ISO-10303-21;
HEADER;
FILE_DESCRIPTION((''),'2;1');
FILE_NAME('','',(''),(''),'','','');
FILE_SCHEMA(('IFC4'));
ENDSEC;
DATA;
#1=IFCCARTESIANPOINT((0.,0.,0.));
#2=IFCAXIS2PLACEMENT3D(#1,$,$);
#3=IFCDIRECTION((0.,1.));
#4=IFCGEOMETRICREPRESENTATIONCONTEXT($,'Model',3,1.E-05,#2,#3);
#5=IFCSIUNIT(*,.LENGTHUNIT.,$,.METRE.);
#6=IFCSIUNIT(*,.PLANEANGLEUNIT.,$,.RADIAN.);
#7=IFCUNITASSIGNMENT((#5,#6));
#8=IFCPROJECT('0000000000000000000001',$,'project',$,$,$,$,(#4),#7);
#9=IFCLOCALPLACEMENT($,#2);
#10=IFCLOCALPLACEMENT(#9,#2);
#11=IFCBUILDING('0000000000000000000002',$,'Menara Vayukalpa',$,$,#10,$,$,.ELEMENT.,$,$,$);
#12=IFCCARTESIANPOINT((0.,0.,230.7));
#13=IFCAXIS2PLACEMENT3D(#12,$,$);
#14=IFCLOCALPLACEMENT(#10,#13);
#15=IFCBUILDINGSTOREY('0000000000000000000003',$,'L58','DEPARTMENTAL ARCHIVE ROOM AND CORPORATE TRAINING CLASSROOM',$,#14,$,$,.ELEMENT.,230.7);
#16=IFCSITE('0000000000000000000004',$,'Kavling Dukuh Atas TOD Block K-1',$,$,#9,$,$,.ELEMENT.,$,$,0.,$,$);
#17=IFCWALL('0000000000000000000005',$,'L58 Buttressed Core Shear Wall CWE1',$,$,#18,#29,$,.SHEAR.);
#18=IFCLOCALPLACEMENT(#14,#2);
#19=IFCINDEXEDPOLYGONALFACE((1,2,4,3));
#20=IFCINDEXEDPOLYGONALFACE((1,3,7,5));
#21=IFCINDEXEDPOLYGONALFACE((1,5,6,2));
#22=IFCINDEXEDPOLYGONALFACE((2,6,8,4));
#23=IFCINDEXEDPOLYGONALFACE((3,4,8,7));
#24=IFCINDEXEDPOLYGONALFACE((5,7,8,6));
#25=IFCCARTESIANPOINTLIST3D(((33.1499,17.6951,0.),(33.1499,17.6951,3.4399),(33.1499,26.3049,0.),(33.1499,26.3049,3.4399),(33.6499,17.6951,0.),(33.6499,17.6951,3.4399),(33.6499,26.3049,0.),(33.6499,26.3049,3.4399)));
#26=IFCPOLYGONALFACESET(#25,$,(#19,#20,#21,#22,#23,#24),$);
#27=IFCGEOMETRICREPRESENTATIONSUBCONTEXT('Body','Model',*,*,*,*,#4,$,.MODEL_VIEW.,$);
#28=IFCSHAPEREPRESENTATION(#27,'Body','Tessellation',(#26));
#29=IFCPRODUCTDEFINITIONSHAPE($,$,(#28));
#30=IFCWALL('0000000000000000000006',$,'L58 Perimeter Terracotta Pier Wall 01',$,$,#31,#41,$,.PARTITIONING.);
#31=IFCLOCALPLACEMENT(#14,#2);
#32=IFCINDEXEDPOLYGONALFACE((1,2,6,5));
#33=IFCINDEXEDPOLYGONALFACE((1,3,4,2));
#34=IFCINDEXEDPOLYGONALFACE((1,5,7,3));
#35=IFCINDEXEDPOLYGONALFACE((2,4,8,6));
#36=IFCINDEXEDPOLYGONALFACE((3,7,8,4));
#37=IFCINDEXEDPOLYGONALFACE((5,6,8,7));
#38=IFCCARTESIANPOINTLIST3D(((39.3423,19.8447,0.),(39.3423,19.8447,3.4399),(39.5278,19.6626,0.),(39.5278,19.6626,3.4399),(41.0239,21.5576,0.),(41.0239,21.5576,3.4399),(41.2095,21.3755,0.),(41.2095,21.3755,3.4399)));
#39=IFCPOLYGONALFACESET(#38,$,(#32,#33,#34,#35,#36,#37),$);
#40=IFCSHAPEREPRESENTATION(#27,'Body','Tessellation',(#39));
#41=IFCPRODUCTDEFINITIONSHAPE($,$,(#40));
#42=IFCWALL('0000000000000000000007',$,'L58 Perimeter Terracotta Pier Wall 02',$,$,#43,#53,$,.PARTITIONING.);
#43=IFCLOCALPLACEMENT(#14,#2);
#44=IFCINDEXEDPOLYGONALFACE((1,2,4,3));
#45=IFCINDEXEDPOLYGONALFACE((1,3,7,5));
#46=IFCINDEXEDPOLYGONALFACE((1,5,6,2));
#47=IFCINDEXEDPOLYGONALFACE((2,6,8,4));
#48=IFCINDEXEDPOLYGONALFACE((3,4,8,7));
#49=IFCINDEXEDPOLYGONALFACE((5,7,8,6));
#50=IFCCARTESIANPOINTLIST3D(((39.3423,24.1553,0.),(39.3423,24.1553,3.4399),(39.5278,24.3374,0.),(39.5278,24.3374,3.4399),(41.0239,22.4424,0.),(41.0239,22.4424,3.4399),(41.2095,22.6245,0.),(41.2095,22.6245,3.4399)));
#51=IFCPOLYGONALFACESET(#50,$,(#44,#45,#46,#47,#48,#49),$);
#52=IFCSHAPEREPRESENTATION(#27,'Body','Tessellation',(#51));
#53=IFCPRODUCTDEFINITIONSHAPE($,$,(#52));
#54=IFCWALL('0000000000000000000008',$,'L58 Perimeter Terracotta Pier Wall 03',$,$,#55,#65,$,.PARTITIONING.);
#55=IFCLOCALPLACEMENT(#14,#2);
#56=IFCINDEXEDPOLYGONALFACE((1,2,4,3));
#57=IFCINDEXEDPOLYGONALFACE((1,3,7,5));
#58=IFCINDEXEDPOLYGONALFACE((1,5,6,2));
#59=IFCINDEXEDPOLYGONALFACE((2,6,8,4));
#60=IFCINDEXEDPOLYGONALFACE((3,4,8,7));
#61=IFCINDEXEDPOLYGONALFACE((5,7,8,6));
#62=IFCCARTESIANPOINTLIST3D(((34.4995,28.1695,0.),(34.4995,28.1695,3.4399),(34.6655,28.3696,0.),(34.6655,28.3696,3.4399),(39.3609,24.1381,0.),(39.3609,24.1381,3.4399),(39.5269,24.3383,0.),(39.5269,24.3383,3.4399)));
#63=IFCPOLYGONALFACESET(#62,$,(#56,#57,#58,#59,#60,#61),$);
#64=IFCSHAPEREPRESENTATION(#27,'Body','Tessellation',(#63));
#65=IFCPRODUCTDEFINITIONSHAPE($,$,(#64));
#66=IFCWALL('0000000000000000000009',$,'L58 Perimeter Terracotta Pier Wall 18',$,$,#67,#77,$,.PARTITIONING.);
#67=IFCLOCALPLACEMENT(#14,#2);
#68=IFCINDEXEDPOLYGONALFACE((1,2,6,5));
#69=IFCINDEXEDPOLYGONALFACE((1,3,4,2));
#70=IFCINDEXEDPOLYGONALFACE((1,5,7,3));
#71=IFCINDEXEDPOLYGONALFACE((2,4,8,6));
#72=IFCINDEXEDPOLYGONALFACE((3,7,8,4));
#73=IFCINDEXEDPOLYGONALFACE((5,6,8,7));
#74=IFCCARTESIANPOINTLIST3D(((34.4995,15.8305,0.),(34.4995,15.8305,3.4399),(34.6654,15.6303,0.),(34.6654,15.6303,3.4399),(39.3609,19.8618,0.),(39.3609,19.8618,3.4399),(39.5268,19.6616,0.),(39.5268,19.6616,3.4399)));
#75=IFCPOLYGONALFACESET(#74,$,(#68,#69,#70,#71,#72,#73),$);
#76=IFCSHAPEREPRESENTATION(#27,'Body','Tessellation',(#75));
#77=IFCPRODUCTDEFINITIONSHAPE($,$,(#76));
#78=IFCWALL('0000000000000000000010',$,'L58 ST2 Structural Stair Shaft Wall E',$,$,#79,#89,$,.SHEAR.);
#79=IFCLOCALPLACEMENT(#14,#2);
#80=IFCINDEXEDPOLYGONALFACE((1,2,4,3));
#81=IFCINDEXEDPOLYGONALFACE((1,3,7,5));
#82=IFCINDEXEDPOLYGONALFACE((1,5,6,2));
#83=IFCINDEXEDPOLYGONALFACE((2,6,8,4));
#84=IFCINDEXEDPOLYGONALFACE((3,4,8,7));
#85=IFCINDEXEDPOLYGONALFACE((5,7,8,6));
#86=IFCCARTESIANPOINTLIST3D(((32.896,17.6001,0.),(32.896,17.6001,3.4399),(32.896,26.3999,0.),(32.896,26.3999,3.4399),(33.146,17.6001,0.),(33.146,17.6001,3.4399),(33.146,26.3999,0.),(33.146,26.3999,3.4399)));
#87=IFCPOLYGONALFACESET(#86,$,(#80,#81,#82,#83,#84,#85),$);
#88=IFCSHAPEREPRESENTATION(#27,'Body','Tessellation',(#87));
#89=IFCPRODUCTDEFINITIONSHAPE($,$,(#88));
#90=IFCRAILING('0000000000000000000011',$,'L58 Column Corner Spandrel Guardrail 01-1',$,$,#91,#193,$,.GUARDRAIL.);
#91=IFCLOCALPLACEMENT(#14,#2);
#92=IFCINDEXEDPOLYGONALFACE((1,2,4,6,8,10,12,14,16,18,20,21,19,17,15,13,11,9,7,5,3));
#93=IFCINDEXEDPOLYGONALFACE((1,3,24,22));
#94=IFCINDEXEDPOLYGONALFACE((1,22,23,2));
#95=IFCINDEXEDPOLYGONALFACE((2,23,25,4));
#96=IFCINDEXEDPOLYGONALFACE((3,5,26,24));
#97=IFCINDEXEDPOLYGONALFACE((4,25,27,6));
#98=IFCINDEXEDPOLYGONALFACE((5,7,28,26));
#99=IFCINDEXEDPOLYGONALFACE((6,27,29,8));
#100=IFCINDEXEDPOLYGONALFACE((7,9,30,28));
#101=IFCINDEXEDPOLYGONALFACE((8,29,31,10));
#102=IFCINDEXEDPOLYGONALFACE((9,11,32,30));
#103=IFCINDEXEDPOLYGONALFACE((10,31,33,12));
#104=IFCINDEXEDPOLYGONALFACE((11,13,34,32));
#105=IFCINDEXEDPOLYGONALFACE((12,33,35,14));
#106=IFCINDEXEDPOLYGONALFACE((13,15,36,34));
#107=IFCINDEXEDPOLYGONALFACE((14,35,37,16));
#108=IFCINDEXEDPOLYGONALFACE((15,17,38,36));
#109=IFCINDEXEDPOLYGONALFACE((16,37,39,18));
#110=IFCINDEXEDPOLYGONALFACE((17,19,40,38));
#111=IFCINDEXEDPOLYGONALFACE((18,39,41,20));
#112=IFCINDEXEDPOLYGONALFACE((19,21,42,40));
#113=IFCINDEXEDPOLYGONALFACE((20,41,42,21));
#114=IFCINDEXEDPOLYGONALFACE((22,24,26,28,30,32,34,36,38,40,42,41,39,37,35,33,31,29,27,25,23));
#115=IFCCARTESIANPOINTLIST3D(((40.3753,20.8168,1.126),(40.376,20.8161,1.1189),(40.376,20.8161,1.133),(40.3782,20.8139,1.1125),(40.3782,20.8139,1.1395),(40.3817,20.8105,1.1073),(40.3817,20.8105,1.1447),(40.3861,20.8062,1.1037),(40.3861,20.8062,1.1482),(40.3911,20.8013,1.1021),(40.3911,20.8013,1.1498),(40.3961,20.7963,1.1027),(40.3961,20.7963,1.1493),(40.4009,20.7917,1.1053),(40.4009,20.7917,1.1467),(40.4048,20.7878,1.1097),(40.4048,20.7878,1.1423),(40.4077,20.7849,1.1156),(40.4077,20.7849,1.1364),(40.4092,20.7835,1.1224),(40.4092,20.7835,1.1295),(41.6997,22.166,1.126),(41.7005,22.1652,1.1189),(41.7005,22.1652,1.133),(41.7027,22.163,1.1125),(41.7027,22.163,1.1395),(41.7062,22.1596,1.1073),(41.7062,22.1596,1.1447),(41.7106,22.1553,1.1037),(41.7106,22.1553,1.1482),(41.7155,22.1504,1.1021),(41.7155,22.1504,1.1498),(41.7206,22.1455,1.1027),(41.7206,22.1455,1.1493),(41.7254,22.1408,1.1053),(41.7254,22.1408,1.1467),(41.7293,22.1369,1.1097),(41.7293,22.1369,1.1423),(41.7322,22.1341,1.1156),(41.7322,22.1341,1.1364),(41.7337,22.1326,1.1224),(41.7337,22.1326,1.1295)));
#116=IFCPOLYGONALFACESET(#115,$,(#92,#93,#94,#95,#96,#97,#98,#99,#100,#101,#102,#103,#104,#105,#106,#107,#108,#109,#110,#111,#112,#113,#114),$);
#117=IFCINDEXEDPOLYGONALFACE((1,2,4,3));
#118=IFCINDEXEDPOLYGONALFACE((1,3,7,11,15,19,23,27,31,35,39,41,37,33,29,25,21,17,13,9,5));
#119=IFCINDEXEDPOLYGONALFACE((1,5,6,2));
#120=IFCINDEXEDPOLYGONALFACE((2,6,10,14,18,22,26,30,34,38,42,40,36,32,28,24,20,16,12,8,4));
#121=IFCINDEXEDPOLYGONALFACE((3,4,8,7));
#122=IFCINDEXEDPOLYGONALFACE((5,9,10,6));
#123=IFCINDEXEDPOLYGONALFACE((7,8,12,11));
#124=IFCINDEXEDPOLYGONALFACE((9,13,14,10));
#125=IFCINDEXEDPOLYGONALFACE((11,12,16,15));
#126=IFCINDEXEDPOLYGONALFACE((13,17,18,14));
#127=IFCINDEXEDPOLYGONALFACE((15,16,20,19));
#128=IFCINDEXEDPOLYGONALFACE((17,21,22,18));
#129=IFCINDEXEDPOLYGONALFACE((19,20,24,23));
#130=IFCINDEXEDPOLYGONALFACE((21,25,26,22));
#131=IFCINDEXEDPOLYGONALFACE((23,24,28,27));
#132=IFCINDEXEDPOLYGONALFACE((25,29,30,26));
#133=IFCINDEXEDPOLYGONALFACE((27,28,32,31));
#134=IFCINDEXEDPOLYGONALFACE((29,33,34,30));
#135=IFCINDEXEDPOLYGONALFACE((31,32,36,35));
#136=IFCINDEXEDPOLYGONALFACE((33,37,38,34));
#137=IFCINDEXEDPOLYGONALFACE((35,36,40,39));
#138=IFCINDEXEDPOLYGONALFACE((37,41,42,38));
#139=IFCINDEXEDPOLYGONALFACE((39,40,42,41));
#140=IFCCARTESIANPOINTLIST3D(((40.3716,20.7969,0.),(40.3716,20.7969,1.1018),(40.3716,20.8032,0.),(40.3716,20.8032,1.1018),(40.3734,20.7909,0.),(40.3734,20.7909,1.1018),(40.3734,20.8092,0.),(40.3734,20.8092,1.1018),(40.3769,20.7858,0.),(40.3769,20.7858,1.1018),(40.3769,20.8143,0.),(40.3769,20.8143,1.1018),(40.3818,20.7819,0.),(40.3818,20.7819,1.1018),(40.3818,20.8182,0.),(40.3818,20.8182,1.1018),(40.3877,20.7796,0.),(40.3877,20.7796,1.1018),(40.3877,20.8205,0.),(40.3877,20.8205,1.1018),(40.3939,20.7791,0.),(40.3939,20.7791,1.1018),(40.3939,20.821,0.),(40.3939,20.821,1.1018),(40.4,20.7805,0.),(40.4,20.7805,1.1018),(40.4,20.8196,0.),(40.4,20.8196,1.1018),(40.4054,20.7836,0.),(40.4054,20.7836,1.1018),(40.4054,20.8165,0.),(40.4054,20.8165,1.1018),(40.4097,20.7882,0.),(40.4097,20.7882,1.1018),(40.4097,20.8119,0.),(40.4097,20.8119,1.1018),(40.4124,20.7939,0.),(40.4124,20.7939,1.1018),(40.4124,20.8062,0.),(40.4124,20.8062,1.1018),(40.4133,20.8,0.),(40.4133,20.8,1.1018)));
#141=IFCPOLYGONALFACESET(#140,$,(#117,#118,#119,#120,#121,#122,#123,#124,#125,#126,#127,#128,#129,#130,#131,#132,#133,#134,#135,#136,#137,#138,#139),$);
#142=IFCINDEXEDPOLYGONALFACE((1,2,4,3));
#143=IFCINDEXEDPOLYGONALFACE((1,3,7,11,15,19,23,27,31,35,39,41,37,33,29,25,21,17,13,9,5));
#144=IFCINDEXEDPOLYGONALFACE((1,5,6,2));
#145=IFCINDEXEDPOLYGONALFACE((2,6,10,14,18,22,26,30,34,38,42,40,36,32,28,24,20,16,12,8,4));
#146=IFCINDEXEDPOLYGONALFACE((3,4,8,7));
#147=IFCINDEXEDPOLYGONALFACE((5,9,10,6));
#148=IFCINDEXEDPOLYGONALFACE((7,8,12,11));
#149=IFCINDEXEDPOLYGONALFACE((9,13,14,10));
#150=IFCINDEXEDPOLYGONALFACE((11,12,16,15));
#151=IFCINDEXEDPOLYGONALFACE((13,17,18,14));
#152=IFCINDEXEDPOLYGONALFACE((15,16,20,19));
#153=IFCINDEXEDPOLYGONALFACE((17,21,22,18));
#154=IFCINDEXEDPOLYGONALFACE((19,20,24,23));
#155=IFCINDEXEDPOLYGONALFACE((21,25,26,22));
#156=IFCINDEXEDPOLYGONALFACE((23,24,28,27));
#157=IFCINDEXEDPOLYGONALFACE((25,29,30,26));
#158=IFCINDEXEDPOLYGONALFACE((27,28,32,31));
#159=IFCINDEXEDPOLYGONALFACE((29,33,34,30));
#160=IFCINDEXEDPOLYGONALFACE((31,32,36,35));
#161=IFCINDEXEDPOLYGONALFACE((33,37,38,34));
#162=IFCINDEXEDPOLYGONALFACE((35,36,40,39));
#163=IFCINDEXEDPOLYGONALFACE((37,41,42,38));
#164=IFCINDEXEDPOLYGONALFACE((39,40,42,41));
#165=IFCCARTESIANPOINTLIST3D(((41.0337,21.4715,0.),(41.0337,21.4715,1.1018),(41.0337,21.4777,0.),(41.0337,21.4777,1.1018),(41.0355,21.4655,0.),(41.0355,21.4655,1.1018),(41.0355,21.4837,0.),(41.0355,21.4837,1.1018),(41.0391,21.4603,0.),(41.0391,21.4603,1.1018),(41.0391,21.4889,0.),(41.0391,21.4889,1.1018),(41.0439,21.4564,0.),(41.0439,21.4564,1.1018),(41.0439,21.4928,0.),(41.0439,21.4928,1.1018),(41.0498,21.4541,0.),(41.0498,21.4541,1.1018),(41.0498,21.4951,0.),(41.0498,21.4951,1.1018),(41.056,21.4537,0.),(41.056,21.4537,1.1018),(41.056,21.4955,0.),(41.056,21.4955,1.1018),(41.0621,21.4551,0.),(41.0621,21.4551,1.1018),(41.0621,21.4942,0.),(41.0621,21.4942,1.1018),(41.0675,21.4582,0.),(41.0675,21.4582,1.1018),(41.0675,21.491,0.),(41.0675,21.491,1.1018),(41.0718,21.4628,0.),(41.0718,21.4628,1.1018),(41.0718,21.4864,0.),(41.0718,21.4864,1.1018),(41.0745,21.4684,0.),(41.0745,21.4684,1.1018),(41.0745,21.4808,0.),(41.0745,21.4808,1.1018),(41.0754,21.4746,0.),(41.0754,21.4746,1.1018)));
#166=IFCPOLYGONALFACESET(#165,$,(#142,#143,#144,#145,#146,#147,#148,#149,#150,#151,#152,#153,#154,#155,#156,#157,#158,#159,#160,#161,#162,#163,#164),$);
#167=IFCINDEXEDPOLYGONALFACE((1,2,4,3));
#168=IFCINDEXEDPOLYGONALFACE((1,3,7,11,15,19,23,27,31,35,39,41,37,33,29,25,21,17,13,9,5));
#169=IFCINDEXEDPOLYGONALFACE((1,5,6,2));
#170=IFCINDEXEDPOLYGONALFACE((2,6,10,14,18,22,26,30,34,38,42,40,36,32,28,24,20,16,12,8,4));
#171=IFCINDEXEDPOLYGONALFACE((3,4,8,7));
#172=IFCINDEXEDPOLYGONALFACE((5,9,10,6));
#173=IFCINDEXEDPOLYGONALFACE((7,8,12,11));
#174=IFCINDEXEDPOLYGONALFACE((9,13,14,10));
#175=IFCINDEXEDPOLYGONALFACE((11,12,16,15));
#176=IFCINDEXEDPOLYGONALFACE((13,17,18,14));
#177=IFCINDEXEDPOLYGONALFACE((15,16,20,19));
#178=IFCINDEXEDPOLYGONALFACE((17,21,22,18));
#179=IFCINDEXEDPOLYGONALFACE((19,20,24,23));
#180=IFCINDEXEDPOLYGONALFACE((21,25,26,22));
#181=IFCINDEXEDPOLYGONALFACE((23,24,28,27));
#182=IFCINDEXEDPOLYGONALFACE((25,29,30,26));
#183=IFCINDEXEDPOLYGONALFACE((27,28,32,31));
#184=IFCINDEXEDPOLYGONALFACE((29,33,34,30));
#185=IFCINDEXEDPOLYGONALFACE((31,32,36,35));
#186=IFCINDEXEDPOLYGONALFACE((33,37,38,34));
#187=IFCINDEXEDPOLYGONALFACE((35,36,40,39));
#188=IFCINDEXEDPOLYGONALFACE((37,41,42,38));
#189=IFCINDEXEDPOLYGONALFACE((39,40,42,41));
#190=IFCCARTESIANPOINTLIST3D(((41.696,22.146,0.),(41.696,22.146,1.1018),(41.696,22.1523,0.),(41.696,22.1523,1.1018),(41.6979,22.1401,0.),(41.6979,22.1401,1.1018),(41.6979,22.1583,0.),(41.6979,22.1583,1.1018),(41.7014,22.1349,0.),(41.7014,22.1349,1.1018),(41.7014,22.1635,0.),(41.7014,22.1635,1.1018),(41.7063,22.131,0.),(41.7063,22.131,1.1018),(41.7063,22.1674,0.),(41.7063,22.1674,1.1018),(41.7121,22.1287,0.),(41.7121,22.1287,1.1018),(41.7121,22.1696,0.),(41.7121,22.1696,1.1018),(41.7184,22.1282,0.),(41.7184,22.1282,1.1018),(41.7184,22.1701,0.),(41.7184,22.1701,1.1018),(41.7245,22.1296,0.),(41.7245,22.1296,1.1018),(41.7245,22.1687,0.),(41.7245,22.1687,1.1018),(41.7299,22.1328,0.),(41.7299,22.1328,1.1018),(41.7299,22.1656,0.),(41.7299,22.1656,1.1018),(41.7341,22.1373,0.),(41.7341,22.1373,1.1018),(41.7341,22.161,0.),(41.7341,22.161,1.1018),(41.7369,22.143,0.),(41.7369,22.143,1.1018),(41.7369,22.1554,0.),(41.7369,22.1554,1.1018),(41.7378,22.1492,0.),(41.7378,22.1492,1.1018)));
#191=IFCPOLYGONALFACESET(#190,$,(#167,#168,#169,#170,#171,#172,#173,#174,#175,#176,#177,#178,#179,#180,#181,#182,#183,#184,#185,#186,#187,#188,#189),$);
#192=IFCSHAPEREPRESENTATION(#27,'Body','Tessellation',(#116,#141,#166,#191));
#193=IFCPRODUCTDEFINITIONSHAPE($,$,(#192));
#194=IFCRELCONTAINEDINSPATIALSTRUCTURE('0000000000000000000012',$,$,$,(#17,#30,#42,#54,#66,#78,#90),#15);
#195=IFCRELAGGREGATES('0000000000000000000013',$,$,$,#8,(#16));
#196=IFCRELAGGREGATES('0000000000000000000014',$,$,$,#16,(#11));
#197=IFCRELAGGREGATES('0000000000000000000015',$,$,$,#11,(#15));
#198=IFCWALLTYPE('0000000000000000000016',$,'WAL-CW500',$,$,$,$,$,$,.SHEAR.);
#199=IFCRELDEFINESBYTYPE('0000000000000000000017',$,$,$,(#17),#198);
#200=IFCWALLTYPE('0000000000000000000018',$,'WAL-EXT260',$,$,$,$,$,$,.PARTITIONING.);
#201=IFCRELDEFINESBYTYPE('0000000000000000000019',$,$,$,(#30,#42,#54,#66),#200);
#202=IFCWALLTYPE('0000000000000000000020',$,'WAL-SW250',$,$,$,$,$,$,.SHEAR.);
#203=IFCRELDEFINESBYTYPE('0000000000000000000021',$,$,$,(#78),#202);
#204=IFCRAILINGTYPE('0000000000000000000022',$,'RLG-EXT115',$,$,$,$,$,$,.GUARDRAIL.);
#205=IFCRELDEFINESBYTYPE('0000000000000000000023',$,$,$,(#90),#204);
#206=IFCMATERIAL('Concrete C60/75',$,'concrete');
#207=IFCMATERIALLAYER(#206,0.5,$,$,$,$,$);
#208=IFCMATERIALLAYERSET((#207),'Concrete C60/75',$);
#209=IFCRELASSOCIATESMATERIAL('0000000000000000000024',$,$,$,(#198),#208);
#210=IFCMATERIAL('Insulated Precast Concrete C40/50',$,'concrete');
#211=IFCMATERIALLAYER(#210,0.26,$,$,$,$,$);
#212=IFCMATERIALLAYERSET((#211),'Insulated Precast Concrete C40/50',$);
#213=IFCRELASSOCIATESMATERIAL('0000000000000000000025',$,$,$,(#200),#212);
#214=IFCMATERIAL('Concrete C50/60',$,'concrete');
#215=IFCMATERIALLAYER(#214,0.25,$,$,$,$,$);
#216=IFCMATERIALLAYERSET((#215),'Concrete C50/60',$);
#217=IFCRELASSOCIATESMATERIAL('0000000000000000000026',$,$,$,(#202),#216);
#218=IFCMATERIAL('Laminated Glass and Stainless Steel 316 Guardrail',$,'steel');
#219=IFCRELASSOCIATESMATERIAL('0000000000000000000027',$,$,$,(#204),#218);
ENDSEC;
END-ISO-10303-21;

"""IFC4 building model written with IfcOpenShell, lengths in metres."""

from ifc_helpers import new_model, si_unit, direction, frame, frame_2d, origin, origin_2d, place, context, subcontext, project, spatial, rectangle, circle, extrude, material, layer, layer_set, type_object, element, save


model = new_model("IFC4")

# Units and contexts
model_context = context("Model", 3, precision=1e-05, world=origin(), true_north=direction((0.0, 1.0)))
body_context = subcontext(model_context, "Body", "Model", "MODEL_VIEW")
ifc_project = project(units=[si_unit("LENGTHUNIT", "METRE"), si_unit("PLANEANGLEUNIT", "RADIAN")], contexts=[model_context])

# Site, building, storey
site_placement = place(None, origin())
site = spatial("IfcSite", under=ifc_project, at=site_placement, Name="Kavling Dukuh Atas TOD Block K-1", CompositionType="ELEMENT", RefElevation=0.0)
building_placement = place(site_placement, origin())
building = spatial("IfcBuilding", under=site, at=building_placement, Name="Menara Vayukalpa", CompositionType="ELEMENT")
storey_placement = place(building_placement, frame((0.0, 0.0, 230.7)))
storey = spatial("IfcBuildingStorey", under=building, at=storey_placement, Name="L58", Description="DEPARTMENTAL ARCHIVE ROOM AND CORPORATE TRAINING CLASSROOM", CompositionType="ELEMENT", Elevation=230.7)

# Walls
ifc_material_1 = material(Name="Concrete C60/75", Category="concrete")
ifc_layer_1 = layer(ifc_material_1, 0.5)
ifc_layer_set_1 = layer_set([ifc_layer_1], Name="Concrete C60/75")
wall_type_1 = type_object("IfcWallType", Name="WAL-CW500", PredefinedType="SHEAR", material=ifc_layer_set_1)
wall_1_placement = place(storey_placement, frame((33.3999, 17.6951, 0.0), z_axis=(0.0, 0.0, 1.0), x_axis=(0.0, 1.0, 0.0)))
element("IfcWall", 1, at=wall_1_placement, inside=storey, type_object=wall_type_1, Name="L58 Buttressed Core Shear Wall CWE1", PredefinedType="SHEAR", context=body_context, shape_type="SweptSolid", body=[
    extrude(rectangle(XDim=8.6099, YDim=0.5, at=frame_2d((4.3049, 0.0))), origin(), (0.0, 0.0, 1.0), 3.4399),
])
ifc_material_2 = material(Name="Insulated Precast Concrete C40/50", Category="concrete")
ifc_layer_2 = layer(ifc_material_2, 0.26)
ifc_layer_set_2 = layer_set([ifc_layer_2], Name="Insulated Precast Concrete C40/50")
wall_type_2 = type_object("IfcWallType", Name="WAL-EXT260", PredefinedType="PARTITIONING", material=ifc_layer_set_2)
for number, where, z_axis, x_axis, name in (
    (2, (41.1167, 21.4666, 0.0), (0.0, 0.0, 1.0), (-0.700567, -0.713586, 0.0), "L58 Perimeter Terracotta Pier Wall 01"),
    (3, (39.4351, 24.2463, 0.0), (0.0, 0.0, 1.0), (0.700567, -0.713586, 0.0), "L58 Perimeter Terracotta Pier Wall 02"),
):
    element("IfcWall", number, at=place(storey_placement, frame(where, z_axis=z_axis, x_axis=x_axis)), inside=storey, type_object=wall_type_2, Name=name, PredefinedType="PARTITIONING", context=body_context, shape_type="SweptSolid", body=[
        extrude(rectangle(XDim=2.4004, YDim=0.26, at=frame_2d((1.2002, 0.0))), origin(), (0.0, 0.0, 1.0), 3.4399),
    ])
for number, where, z_axis, x_axis, name in (
    (4, (34.5825, 28.2695, 0.0), (0.0, 0.0, 1.0), (0.769765, -0.638327, 0.0), "L58 Perimeter Terracotta Pier Wall 03"),
    (5, (39.4438, 19.7617, 0.0), (0.0, 0.0, 1.0), (-0.769765, -0.638327, 0.0), "L58 Perimeter Terracotta Pier Wall 18"),
):
    element("IfcWall", number, at=place(storey_placement, frame(where, z_axis=z_axis, x_axis=x_axis)), inside=storey, type_object=wall_type_2, Name=name, PredefinedType="PARTITIONING", context=body_context, shape_type="SweptSolid", body=[
        extrude(rectangle(XDim=6.3154, YDim=0.26, at=frame_2d((3.1577, 0.0))), origin(), (0.0, 0.0, 1.0), 3.4399),
    ])
ifc_material_3 = material(Name="Concrete C50/60", Category="concrete")
ifc_layer_3 = layer(ifc_material_3, 0.25)
ifc_layer_set_3 = layer_set([ifc_layer_3], Name="Concrete C50/60")
wall_type_3 = type_object("IfcWallType", Name="WAL-SW250", PredefinedType="SHEAR", material=ifc_layer_set_3)
wall_2_placement = place(storey_placement, frame((33.021, 17.6001, 0.0), z_axis=(0.0, 0.0, 1.0), x_axis=(0.0, 1.0, 0.0)))
element("IfcWall", 6, at=wall_2_placement, inside=storey, type_object=wall_type_3, Name="L58 ST2 Structural Stair Shaft Wall E", PredefinedType="SHEAR", context=body_context, shape_type="SweptSolid", body=[
    extrude(rectangle(XDim=8.7998, YDim=0.25, at=frame_2d((4.3999, 0.0))), origin(), (0.0, 0.0, 1.0), 3.4399),
])

# Railing
ifc_material_4 = material(Name="Laminated Glass and Stainless Steel 316 Guardrail", Category="steel")
railing_type_1 = type_object("IfcRailingType", Name="RLG-EXT115", PredefinedType="GUARDRAIL", material=ifc_material_4)
railing_1_placement = place(storey_placement, frame((40.3923, 20.8, 0.0)))
element("IfcRailing", 7, at=railing_1_placement, inside=storey, type_object=railing_type_1, Name="L58 Column Corner Spandrel Guardrail 01-1", PredefinedType="GUARDRAIL", context=body_context, shape_type="SweptSolid", body=[
    extrude(circle(Radius=0.0239, at=origin_2d()), frame((0.0, 0.0, 1.126), z_axis=(0.700555, 0.713598, 0.0), x_axis=(-0.713598, 0.700555, 0.0)), (0.0, 0.0, 1.0), 1.8906),
    extrude(circle(Radius=0.021, at=origin_2d()), origin(), (0.0, 0.0, 1.0), 1.1018),
    extrude(circle(Radius=0.021, at=origin_2d()), frame((0.6621, 0.6746, 0.0)), (0.0, 0.0, 1.0), 1.1018),
    extrude(circle(Radius=0.021, at=origin_2d()), frame((1.3245, 1.3491, 0.0)), (0.0, 0.0, 1.0), 1.1018),
])

save(model, "model.ifc")
